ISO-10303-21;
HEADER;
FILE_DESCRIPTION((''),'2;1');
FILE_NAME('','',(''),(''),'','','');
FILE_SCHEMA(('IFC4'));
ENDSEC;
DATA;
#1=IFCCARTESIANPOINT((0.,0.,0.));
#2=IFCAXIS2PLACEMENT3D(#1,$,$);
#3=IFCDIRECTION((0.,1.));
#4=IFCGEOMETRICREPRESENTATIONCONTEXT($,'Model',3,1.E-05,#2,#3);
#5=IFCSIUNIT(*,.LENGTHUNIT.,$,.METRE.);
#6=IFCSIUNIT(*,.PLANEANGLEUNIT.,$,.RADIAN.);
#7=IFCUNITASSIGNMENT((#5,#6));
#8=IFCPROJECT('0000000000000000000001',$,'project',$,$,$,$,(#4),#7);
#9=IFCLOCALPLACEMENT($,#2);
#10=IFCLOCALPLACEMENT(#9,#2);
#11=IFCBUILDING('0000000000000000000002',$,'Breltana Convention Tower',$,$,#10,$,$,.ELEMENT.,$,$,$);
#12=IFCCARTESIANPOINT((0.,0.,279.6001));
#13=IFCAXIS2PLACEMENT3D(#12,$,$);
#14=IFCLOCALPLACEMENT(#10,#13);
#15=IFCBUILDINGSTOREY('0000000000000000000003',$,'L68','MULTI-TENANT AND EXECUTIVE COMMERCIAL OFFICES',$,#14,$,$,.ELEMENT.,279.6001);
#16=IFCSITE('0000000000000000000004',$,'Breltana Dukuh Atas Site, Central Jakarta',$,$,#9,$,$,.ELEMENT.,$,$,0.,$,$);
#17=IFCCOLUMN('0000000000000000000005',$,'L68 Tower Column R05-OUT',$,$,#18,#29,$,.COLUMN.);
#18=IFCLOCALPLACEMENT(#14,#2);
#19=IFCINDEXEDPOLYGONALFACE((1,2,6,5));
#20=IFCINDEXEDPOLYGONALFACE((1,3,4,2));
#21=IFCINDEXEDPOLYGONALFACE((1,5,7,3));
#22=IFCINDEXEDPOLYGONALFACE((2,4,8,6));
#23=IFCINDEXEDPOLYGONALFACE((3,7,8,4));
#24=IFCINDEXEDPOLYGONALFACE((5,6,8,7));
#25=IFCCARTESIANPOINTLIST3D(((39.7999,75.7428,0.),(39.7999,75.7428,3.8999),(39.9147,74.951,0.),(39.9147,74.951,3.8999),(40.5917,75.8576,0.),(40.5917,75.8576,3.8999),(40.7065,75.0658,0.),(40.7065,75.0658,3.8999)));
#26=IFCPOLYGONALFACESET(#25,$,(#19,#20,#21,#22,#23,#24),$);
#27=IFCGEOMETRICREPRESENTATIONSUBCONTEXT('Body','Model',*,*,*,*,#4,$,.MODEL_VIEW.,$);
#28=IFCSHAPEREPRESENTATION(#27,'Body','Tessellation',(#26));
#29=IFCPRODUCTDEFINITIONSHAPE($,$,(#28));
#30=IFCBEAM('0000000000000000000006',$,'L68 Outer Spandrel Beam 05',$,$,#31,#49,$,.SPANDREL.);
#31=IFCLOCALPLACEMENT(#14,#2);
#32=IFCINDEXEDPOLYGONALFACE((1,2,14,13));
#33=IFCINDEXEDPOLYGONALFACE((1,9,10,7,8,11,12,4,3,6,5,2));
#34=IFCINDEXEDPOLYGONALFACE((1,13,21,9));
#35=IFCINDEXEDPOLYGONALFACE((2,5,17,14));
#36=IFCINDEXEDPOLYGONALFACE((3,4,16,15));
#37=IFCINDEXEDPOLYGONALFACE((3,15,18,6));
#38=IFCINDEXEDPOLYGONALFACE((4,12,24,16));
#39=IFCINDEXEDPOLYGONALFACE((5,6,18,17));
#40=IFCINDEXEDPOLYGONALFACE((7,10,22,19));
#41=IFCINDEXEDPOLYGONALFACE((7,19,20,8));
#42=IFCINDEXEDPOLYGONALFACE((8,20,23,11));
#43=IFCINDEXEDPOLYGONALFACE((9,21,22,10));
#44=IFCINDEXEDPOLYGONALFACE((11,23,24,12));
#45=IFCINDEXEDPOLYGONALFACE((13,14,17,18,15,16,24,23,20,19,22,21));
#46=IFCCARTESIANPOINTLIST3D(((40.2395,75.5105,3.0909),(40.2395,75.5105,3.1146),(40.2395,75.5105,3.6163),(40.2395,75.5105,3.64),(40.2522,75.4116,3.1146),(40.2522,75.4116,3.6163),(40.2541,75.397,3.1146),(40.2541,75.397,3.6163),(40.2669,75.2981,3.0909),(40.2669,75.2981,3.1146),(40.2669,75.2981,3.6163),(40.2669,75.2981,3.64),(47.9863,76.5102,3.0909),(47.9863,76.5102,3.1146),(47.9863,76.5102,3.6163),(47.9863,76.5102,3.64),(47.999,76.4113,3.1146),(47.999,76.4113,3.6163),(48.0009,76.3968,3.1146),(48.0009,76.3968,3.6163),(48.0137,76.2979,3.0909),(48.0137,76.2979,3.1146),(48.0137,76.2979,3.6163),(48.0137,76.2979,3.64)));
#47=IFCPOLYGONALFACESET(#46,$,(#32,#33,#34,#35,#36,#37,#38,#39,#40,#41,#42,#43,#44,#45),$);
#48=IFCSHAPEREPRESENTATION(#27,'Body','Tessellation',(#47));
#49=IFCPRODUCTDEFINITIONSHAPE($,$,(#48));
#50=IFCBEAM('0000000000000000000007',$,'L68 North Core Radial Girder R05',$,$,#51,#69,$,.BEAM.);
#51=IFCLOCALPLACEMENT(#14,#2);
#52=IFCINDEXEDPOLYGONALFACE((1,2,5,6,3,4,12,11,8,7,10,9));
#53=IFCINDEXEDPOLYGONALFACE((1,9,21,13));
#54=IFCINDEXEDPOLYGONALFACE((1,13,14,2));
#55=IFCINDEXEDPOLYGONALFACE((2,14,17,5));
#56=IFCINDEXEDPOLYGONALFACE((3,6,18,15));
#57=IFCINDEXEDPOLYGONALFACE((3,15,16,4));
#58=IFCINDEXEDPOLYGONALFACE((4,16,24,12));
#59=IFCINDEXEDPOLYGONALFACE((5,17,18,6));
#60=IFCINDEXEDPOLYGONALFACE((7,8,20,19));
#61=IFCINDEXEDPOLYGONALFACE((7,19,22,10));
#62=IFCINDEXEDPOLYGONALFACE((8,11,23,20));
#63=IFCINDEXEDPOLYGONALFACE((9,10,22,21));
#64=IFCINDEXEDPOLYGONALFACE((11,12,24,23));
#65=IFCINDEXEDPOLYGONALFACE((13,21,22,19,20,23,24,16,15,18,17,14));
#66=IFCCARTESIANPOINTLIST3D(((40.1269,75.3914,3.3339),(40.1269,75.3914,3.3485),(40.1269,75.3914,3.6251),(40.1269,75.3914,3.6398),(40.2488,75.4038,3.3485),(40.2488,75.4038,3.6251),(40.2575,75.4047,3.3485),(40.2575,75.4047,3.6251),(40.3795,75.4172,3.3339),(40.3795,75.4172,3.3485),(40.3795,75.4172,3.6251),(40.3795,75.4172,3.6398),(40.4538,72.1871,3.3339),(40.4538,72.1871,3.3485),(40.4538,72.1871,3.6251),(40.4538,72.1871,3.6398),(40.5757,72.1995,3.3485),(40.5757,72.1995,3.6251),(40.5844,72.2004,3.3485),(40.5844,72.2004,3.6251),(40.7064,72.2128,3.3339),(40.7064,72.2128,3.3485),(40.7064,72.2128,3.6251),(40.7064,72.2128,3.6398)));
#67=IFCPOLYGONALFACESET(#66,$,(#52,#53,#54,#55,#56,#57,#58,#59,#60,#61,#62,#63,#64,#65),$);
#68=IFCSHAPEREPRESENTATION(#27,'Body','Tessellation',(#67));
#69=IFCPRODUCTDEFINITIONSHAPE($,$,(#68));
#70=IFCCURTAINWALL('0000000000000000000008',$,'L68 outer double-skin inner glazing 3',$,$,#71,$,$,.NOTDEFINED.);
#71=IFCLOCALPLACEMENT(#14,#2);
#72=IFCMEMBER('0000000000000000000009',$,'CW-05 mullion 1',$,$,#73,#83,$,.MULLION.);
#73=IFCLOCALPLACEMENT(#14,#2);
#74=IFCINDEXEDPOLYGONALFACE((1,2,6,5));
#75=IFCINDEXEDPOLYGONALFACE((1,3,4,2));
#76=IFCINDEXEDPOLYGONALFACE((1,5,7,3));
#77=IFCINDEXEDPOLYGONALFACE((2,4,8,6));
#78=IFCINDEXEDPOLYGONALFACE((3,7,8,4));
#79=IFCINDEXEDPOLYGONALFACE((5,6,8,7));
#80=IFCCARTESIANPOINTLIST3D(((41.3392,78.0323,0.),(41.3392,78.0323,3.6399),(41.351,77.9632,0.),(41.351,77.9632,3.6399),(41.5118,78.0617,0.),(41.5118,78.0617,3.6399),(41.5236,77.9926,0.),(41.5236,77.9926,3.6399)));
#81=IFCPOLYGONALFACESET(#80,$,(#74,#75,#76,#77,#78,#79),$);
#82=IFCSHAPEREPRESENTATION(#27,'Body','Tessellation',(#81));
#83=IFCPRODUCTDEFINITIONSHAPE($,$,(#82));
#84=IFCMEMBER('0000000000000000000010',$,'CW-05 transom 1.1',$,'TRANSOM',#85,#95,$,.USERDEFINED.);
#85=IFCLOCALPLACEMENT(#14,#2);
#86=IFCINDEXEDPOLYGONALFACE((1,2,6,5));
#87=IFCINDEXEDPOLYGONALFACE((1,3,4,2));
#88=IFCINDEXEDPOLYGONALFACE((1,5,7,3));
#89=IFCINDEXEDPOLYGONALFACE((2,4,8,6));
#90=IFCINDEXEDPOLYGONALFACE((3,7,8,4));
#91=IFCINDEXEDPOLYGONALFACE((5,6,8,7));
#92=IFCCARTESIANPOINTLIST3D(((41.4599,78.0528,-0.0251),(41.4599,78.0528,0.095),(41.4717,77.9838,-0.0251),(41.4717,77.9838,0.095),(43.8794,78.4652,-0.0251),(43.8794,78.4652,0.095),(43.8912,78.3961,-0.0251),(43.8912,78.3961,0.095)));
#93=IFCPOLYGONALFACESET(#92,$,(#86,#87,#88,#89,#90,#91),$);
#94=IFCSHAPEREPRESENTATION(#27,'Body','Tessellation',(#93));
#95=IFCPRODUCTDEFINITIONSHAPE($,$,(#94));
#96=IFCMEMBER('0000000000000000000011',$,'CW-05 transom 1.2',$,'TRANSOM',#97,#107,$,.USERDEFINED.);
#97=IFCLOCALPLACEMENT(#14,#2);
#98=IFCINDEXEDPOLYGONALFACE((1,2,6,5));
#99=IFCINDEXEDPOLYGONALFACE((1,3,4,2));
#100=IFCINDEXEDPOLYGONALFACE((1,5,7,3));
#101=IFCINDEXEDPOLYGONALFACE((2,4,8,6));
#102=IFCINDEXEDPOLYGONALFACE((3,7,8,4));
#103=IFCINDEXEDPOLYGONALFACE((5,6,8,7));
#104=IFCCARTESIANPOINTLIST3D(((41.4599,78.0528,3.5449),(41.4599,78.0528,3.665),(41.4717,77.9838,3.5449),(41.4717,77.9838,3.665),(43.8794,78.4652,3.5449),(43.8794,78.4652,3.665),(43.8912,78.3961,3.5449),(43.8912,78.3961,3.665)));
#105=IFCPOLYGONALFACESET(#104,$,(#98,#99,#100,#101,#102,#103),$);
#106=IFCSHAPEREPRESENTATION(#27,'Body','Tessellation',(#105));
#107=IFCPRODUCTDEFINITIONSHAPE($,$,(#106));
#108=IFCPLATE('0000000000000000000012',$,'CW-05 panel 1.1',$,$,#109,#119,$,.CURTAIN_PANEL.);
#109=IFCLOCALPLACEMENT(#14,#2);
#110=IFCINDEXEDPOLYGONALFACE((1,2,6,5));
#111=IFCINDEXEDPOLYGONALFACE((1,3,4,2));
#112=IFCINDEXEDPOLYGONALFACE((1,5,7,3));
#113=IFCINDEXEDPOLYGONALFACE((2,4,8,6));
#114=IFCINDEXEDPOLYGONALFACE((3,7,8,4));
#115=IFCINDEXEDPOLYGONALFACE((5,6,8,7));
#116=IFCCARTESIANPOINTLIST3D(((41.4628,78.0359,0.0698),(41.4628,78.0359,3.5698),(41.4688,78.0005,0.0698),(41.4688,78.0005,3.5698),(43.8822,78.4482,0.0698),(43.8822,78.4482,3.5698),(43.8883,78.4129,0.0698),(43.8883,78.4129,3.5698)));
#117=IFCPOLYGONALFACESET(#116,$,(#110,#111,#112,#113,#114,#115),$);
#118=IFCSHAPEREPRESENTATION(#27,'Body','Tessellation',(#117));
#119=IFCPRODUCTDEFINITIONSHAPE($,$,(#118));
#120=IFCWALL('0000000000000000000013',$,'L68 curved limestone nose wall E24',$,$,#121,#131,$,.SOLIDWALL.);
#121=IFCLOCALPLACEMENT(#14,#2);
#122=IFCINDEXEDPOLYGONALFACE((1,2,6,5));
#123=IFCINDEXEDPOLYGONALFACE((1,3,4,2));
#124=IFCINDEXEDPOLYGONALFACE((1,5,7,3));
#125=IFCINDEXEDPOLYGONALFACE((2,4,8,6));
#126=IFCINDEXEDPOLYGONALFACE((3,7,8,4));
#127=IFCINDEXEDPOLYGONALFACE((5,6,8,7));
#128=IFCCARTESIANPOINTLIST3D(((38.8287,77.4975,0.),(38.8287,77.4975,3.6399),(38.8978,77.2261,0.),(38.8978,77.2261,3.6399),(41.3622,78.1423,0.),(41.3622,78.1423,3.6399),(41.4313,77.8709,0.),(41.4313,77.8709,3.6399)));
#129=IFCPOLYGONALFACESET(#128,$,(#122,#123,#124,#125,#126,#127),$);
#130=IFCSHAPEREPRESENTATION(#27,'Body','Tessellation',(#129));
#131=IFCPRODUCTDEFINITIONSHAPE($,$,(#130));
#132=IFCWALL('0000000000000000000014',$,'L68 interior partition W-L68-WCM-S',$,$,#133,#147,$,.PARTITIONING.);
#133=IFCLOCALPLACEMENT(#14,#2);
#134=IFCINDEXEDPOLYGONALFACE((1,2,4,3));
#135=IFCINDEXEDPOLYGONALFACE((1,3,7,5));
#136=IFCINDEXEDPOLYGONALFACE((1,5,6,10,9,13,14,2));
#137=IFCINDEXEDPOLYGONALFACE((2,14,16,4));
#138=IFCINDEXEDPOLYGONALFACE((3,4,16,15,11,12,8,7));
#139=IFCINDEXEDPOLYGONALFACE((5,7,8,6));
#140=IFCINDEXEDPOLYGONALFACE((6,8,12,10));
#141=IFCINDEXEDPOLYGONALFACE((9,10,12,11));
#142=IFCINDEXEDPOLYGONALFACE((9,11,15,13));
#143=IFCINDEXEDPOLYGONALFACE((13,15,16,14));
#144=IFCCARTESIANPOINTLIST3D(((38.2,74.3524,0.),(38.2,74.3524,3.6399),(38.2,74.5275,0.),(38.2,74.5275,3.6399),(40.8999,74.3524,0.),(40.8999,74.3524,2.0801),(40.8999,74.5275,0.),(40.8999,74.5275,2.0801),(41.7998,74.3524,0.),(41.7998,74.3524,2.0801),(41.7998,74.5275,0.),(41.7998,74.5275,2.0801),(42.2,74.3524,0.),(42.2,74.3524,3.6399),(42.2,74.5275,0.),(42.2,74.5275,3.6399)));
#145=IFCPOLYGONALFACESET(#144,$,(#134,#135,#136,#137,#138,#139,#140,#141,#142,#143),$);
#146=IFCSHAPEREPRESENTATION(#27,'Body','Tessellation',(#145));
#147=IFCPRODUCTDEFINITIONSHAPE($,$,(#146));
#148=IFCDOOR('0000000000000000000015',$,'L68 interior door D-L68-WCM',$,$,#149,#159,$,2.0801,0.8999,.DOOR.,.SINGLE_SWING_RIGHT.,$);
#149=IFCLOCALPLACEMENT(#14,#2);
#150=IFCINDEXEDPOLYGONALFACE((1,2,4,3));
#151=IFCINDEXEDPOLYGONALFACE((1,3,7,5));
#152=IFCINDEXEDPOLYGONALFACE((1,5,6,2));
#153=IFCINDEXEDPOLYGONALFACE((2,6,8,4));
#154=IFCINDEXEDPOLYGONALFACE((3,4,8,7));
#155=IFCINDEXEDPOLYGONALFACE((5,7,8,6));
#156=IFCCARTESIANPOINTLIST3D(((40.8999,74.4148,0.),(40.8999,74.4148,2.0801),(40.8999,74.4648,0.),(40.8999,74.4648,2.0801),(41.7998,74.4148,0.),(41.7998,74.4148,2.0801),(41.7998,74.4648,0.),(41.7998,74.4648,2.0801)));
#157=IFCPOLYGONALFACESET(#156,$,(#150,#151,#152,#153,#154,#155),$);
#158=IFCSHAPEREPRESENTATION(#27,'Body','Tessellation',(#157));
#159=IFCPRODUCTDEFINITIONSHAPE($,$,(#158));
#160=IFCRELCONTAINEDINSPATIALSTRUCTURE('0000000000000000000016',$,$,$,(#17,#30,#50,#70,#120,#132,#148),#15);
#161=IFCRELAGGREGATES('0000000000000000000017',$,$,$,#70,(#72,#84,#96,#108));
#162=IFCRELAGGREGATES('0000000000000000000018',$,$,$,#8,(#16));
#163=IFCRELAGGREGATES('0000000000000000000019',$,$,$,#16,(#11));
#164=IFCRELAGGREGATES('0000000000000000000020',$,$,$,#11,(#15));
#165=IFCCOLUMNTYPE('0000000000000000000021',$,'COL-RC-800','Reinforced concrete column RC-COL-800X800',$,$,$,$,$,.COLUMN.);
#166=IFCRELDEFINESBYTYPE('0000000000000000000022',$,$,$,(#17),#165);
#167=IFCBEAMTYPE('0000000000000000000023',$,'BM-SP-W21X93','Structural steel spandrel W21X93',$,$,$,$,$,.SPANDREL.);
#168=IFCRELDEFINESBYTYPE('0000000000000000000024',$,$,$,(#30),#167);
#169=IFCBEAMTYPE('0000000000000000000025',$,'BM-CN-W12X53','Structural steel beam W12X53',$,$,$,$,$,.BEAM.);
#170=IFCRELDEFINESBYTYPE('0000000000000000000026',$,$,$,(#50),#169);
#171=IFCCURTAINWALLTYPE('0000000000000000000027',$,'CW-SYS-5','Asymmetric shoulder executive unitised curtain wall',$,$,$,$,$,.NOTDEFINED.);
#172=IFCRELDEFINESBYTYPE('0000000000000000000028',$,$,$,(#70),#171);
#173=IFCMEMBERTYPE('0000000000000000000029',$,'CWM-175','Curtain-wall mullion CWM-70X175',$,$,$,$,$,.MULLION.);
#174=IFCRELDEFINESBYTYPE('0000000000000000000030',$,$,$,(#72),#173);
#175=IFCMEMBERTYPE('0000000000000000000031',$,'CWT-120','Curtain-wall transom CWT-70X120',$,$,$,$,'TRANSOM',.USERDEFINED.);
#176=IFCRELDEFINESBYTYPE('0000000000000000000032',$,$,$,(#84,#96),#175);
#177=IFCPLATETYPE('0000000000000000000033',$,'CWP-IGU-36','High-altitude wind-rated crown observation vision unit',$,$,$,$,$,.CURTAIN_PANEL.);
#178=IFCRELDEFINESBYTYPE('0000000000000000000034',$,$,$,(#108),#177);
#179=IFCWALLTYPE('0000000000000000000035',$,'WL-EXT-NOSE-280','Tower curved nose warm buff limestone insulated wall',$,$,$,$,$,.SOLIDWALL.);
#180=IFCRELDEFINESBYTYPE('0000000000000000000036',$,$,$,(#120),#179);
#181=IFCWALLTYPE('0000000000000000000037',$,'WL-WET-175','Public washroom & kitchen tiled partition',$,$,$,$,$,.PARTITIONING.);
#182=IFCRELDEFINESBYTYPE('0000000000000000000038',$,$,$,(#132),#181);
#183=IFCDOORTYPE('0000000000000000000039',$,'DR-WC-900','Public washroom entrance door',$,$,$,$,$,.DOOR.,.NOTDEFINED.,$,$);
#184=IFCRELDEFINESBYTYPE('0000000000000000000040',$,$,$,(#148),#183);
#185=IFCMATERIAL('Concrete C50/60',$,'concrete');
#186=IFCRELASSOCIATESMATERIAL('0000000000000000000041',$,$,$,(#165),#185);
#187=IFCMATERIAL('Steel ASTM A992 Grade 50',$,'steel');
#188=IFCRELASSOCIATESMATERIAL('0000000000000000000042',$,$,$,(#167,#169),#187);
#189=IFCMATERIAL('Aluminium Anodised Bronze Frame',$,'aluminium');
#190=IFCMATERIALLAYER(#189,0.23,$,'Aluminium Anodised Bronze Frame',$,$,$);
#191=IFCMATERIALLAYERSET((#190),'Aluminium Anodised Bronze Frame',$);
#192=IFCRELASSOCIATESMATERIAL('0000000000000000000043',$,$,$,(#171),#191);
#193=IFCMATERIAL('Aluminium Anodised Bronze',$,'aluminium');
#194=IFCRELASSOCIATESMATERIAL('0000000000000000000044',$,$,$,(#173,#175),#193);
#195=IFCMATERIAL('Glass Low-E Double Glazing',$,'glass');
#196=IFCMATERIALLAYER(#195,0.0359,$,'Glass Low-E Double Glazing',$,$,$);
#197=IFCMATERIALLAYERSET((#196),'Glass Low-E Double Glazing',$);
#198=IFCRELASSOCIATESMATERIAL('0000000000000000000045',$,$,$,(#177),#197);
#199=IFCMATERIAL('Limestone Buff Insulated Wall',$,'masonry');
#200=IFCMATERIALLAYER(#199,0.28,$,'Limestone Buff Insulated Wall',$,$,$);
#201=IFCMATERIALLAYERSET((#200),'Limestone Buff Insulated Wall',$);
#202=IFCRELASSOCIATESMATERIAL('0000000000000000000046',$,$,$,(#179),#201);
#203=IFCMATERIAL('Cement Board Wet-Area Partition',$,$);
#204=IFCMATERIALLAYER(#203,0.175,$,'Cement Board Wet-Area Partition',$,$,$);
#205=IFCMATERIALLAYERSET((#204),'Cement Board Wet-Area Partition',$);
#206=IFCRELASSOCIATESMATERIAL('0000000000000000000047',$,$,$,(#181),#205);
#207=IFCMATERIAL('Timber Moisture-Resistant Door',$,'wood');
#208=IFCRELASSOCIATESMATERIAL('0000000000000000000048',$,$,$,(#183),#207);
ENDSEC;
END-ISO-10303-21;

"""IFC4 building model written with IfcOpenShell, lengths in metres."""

from ifc_helpers import new_model, si_unit, direction, frame, frame_2d, origin, origin_2d, place, context, subcontext, project, spatial, rectangle, i_section, extrude, source, transform, mapped, material, layer, layer_set, material_profile, profile_set, type_object, type_shapes, element, fill, aggregate, save


model = new_model("IFC4")

# Units and contexts
model_context = context("Model", 3, precision=1e-05, world=origin(), true_north=direction((0.0, 1.0)))
body_context = subcontext(model_context, "Body", "Model", "MODEL_VIEW")
ifc_project = project(units=[si_unit("LENGTHUNIT", "METRE"), si_unit("PLANEANGLEUNIT", "RADIAN")], contexts=[model_context])

# Site, building, storey
site_placement = place(None, origin())
site = spatial("IfcSite", under=ifc_project, at=site_placement, Name="Breltana Dukuh Atas Site, Central Jakarta", CompositionType="ELEMENT", RefElevation=0.0)
building_placement = place(site_placement, origin())
building = spatial("IfcBuilding", under=site, at=building_placement, Name="Breltana Convention Tower", CompositionType="ELEMENT")
storey_placement = place(building_placement, frame((0.0, 0.0, 279.6001)))
storey = spatial("IfcBuildingStorey", under=building, at=storey_placement, Name="L68", Description="MULTI-TENANT AND EXECUTIVE COMMERCIAL OFFICES", CompositionType="ELEMENT", Elevation=279.6001)

# Column
ifc_material_1 = material(Name="Concrete C50/60", Category="concrete")
ifc_material_profile_1 = material_profile(ifc_material_1, rectangle(XDim=0.8, YDim=0.8, at=origin_2d()), Name="RC-COL-800X800")
ifc_profile_set_1 = profile_set([ifc_material_profile_1], Name="Concrete C50/60")
column_type = type_object("IfcColumnType", Name="COL-RC-800", Description="Reinforced concrete column RC-COL-800X800", PredefinedType="COLUMN", material=ifc_profile_set_1)
shared_shape_1 = source(origin(), body_context, "Body", "SweptSolid", [
    extrude(rectangle(XDim=0.8, YDim=0.8, at=origin_2d()), origin(), (0.0, 0.0, 1.0), 3.8999),
])
column_placement = place(storey_placement, frame((40.2532, 75.4043, 0.0), z_axis=(0.0, 0.0, 1.0), x_axis=(-0.143493, 0.989651, 0.0)))
element("IfcColumn", 1, at=column_placement, inside=storey, type_object=column_type, Name="L68 Tower Column R05-OUT", PredefinedType="COLUMN", context=body_context, shape_type="MappedRepresentation", body=[
    mapped(shared_shape_1, transform((0.0, 0.0, 0.0), scale=1.0)),
])

# Beams
ifc_material_2 = material(Name="Steel ASTM A992 Grade 50", Category="steel")
ifc_material_profile_2 = material_profile(ifc_material_2, i_section(OverallWidth=0.2141, OverallDepth=0.5491, WebThickness=0.0146, FlangeThickness=0.0237, at=origin_2d()), Name="W21X93")
ifc_profile_set_2 = profile_set([ifc_material_profile_2], Name="Steel ASTM A992 Grade 50")
beam_type_1 = type_object("IfcBeamType", Name="BM-SP-W21X93", Description="Structural steel spandrel W21X93", PredefinedType="SPANDREL", material=ifc_profile_set_2)
shared_shape_2 = source(origin(), body_context, "Body", "SweptSolid", [
    extrude(i_section(OverallWidth=0.2141, OverallDepth=0.5491, WebThickness=0.0146, FlangeThickness=0.0237, at=origin_2d()), origin(), (0.0, 0.0, 1.0), 7.811),
])
beam_1_placement = place(storey_placement, frame((40.2532, 75.4043, 3.3655), z_axis=(0.991775, 0.127992, 0.0), x_axis=(-0.127992, 0.991775, 0.0)))
element("IfcBeam", 2, at=beam_1_placement, inside=storey, type_object=beam_type_1, Name="L68 Outer Spandrel Beam 05", PredefinedType="SPANDREL", context=body_context, shape_type="MappedRepresentation", body=[
    mapped(shared_shape_2, transform((0.0, 0.0, 0.0), scale=1.0)),
])
ifc_material_profile_3 = material_profile(ifc_material_2, i_section(OverallWidth=0.2539, OverallDepth=0.3059, WebThickness=0.0088, FlangeThickness=0.0146, at=origin_2d()), Name="W12X53")
ifc_profile_set_3 = profile_set([ifc_material_profile_3], Name="Steel ASTM A992 Grade 50")
beam_type_2 = type_object("IfcBeamType", Name="BM-CN-W12X53", Description="Structural steel beam W12X53", PredefinedType="BEAM", material=ifc_profile_set_3)
shared_shape_3 = source(origin(), body_context, "Body", "SweptSolid", [
    extrude(i_section(OverallWidth=0.2539, OverallDepth=0.3059, WebThickness=0.0088, FlangeThickness=0.0146, at=origin_2d()), origin(), (0.0, 0.0, 1.0), 3.2209),
])
beam_2_placement = place(storey_placement, frame((40.5801, 72.2, 3.4868), z_axis=(-0.101492, 0.994836, 0.0), x_axis=(-0.994836, -0.101492, 0.0)))
element("IfcBeam", 3, at=beam_2_placement, inside=storey, type_object=beam_type_2, Name="L68 North Core Radial Girder R05", PredefinedType="BEAM", context=body_context, shape_type="MappedRepresentation", body=[
    mapped(shared_shape_3, transform((0.0, 0.0, 0.0), scale=1.0)),
])

# Curtain wall, members, plate
ifc_material_3 = material(Name="Aluminium Anodised Bronze Frame", Category="aluminium")
ifc_layer_1 = layer(ifc_material_3, 0.23, Name="Aluminium Anodised Bronze Frame")
ifc_layer_set_1 = layer_set([ifc_layer_1], Name="Aluminium Anodised Bronze Frame")
curtain_wall_type = type_object("IfcCurtainWallType", Name="CW-SYS-5", Description="Asymmetric shoulder executive unitised curtain wall", PredefinedType="NOTDEFINED", material=ifc_layer_set_1)
curtain_wall_placement = place(storey_placement, origin())
curtain_wall = element("IfcCurtainWall", 4, at=curtain_wall_placement, inside=storey, type_object=curtain_wall_type, Name="L68 outer double-skin inner glazing 3", PredefinedType="NOTDEFINED")
ifc_material_4 = material(Name="Aluminium Anodised Bronze", Category="aluminium")
ifc_material_profile_4 = material_profile(ifc_material_4, rectangle(XDim=0.0701, YDim=0.175, at=origin_2d()), Name="CWM-70X175")
ifc_profile_set_4 = profile_set([ifc_material_profile_4], Name="Aluminium Anodised Bronze")
member_type_1 = type_object("IfcMemberType", Name="CWM-175", Description="Curtain-wall mullion CWM-70X175", PredefinedType="MULLION", material=ifc_profile_set_4)
shared_shape_4 = source(origin(), body_context, "Body", "SweptSolid", [
    extrude(rectangle(XDim=0.0701, YDim=0.175, at=origin_2d()), origin(), (0.0, 0.0, 1.0), 3.6399),
])
member_1_placement = place(storey_placement, frame((41.4314, 78.0125, 0.0), z_axis=(0.0, 0.0, 1.0), x_axis=(-0.168017, 0.985784, 0.0)))
member_1 = element("IfcMember", 5, at=member_1_placement, type_object=member_type_1, Name="CW-05 mullion 1", PredefinedType="MULLION", context=body_context, shape_type="MappedRepresentation", body=[
    mapped(shared_shape_4, transform((0.0, 0.0, 0.0), scale=1.0)),
])
ifc_material_profile_5 = material_profile(ifc_material_4, rectangle(XDim=0.0701, YDim=0.1201, at=origin_2d()), Name="CWT-70X120")
ifc_profile_set_5 = profile_set([ifc_material_profile_5], Name="Aluminium Anodised Bronze")
member_type_2 = type_object("IfcMemberType", Name="CWT-120", Description="Curtain-wall transom CWT-70X120", ElementType="TRANSOM", PredefinedType="USERDEFINED", material=ifc_profile_set_5)
shared_shape_5 = source(origin(), body_context, "Body", "SweptSolid", [
    extrude(rectangle(XDim=0.0701, YDim=0.1201, at=origin_2d()), origin(), (0.0, 0.0, 1.0), 2.4543),
])
member_2_placement = place(storey_placement, frame((41.4658, 78.0183, 0.0349), z_axis=(0.985785, 0.168011, 0.0), x_axis=(-0.168011, 0.985785, 0.0)))
member_2 = element("IfcMember", 6, at=member_2_placement, type_object=member_type_2, Name="CW-05 transom 1.1", ObjectType="TRANSOM", PredefinedType="USERDEFINED", context=body_context, shape_type="MappedRepresentation", body=[
    mapped(shared_shape_5, transform((0.0, 0.0, 0.0), scale=1.0)),
])
member_3_placement = place(storey_placement, frame((41.4658, 78.0183, 3.605), z_axis=(0.985785, 0.168011, 0.0), x_axis=(-0.168011, 0.985785, 0.0)))
member_3 = element("IfcMember", 7, at=member_3_placement, type_object=member_type_2, Name="CW-05 transom 1.2", ObjectType="TRANSOM", PredefinedType="USERDEFINED", context=body_context, shape_type="MappedRepresentation", body=[
    mapped(shared_shape_5, transform((0.0, 0.0, 0.0), scale=1.0)),
])
ifc_material_5 = material(Name="Glass Low-E Double Glazing", Category="glass")
ifc_layer_2 = layer(ifc_material_5, 0.0359, Name="Glass Low-E Double Glazing")
ifc_layer_set_2 = layer_set([ifc_layer_2], Name="Glass Low-E Double Glazing")
plate_type = type_object("IfcPlateType", Name="CWP-IGU-36", Description="High-altitude wind-rated crown observation vision unit", PredefinedType="CURTAIN_PANEL", material=ifc_layer_set_2)
shared_shape_6 = source(origin(), body_context, "Body", "SweptSolid", [
    extrude(rectangle(XDim=2.4543, YDim=0.0359, at=origin_2d()), origin(), (0.0, 0.0, 1.0), 3.5),
])
plate_placement = place(storey_placement, frame((42.6755, 78.2244, 0.0698), z_axis=(0.0, 0.0, 1.0), x_axis=(0.985784, 0.168017, 0.0)))
plate = element("IfcPlate", 8, at=plate_placement, type_object=plate_type, Name="CW-05 panel 1.1", PredefinedType="CURTAIN_PANEL", context=body_context, shape_type="MappedRepresentation", body=[
    mapped(shared_shape_6, transform((0.0, 0.0, 0.0), scale=1.0)),
])
aggregate(curtain_wall, [member_1, member_2, member_3, plate])

# Wall
ifc_material_6 = material(Name="Limestone Buff Insulated Wall", Category="masonry")
ifc_layer_3 = layer(ifc_material_6, 0.28, Name="Limestone Buff Insulated Wall")
ifc_layer_set_3 = layer_set([ifc_layer_3], Name="Limestone Buff Insulated Wall")
wall_type_1 = type_object("IfcWallType", Name="WL-EXT-NOSE-280", Description="Tower curved nose warm buff limestone insulated wall", PredefinedType="SOLIDWALL", material=ifc_layer_set_3)
shared_shape_7 = source(origin(), body_context, "Body", "SweptSolid", [
    extrude(rectangle(XDim=2.6143, YDim=0.28, at=frame_2d((1.3071, 0.0))), origin(), (0.0, 0.0, 1.0), 3.6399),
])
wall_1_placement = place(storey_placement, frame((38.8633, 77.3618, 0.0), z_axis=(0.0, 0.0, 1.0), x_axis=(0.969107, 0.246643, 0.0)))
element("IfcWall", 9, at=wall_1_placement, inside=storey, type_object=wall_type_1, Name="L68 curved limestone nose wall E24", PredefinedType="SOLIDWALL", context=body_context, shape_type="MappedRepresentation", body=[
    mapped(shared_shape_7, transform((0.0, 0.0, 0.0), scale=1.0)),
])

# Wall, opening, door
ifc_material_7 = material(Name="Cement Board Wet-Area Partition")
ifc_layer_4 = layer(ifc_material_7, 0.175, Name="Cement Board Wet-Area Partition")
ifc_layer_set_4 = layer_set([ifc_layer_4], Name="Cement Board Wet-Area Partition")
wall_type_2 = type_object("IfcWallType", Name="WL-WET-175", Description="Public washroom & kitchen tiled partition", PredefinedType="PARTITIONING", material=ifc_layer_set_4)
shared_shape_8 = source(origin(), body_context, "Body", "SweptSolid", [
    extrude(rectangle(XDim=4.0, YDim=0.175, at=frame_2d((2.0, 0.0))), origin(), (0.0, 0.0, 1.0), 3.6399),
])
wall_2_placement = place(storey_placement, frame((38.2, 74.4399, 0.0), z_axis=(0.0, 0.0, 1.0), x_axis=(1.0, 0.0, 0.0)))
wall_2 = element("IfcWall", 10, at=wall_2_placement, inside=storey, type_object=wall_type_2, Name="L68 interior partition W-L68-WCM-S", PredefinedType="PARTITIONING", context=body_context, shape_type="MappedRepresentation", body=[
    mapped(shared_shape_8, transform((0.0, 0.0, 0.0), scale=1.0)),
])
opening_1_placement = place(wall_2_placement, frame((2.7, 0.0, 0.0)))
opening_1 = element("IfcOpeningElement", 11, at=opening_1_placement, cuts=wall_2, PredefinedType="OPENING", context=body_context, shape_type="SweptSolid", body=[
    extrude(rectangle(XDim=0.8999, YDim=2.0801, at=frame_2d((0.45, 1.04))), frame((0.0, 0.0977, 0.0), z_axis=(0.0, -1.0, 0.0), x_axis=(1.0, 0.0, 0.0)), (0.0, 0.0, 1.0), 0.1951),
])
ifc_material_8 = material(Name="Timber Moisture-Resistant Door", Category="wood")
door_type = type_object("IfcDoorType", Name="DR-WC-900", Description="Public washroom entrance door", OperationType="NOTDEFINED", PredefinedType="DOOR", material=ifc_material_8)
shared_shape_9 = source(origin(), body_context, "Body", "SweptSolid", [
    extrude(rectangle(XDim=0.8999, YDim=2.0801, at=frame_2d((0.45, 1.04))), frame((0.0, 0.0249, 0.0), z_axis=(0.0, -1.0, 0.0), x_axis=(1.0, 0.0, 0.0)), (0.0, 0.0, 1.0), 0.05),
])
type_shapes(door_type, [shared_shape_9])
door_1_placement = place(opening_1_placement, origin())
door_1 = element("IfcDoor", 12, at=door_1_placement, inside=storey, type_object=door_type, Name="L68 interior door D-L68-WCM", OperationType="SINGLE_SWING_RIGHT", OverallHeight=2.0801, OverallWidth=0.8999, PredefinedType="DOOR", context=body_context, shape_type="MappedRepresentation", body=[
    mapped(shared_shape_9, transform((0.0, 0.0, 0.0), scale=1.0)),
])
fill(opening_1, door_1)

save(model, "model.ifc")
